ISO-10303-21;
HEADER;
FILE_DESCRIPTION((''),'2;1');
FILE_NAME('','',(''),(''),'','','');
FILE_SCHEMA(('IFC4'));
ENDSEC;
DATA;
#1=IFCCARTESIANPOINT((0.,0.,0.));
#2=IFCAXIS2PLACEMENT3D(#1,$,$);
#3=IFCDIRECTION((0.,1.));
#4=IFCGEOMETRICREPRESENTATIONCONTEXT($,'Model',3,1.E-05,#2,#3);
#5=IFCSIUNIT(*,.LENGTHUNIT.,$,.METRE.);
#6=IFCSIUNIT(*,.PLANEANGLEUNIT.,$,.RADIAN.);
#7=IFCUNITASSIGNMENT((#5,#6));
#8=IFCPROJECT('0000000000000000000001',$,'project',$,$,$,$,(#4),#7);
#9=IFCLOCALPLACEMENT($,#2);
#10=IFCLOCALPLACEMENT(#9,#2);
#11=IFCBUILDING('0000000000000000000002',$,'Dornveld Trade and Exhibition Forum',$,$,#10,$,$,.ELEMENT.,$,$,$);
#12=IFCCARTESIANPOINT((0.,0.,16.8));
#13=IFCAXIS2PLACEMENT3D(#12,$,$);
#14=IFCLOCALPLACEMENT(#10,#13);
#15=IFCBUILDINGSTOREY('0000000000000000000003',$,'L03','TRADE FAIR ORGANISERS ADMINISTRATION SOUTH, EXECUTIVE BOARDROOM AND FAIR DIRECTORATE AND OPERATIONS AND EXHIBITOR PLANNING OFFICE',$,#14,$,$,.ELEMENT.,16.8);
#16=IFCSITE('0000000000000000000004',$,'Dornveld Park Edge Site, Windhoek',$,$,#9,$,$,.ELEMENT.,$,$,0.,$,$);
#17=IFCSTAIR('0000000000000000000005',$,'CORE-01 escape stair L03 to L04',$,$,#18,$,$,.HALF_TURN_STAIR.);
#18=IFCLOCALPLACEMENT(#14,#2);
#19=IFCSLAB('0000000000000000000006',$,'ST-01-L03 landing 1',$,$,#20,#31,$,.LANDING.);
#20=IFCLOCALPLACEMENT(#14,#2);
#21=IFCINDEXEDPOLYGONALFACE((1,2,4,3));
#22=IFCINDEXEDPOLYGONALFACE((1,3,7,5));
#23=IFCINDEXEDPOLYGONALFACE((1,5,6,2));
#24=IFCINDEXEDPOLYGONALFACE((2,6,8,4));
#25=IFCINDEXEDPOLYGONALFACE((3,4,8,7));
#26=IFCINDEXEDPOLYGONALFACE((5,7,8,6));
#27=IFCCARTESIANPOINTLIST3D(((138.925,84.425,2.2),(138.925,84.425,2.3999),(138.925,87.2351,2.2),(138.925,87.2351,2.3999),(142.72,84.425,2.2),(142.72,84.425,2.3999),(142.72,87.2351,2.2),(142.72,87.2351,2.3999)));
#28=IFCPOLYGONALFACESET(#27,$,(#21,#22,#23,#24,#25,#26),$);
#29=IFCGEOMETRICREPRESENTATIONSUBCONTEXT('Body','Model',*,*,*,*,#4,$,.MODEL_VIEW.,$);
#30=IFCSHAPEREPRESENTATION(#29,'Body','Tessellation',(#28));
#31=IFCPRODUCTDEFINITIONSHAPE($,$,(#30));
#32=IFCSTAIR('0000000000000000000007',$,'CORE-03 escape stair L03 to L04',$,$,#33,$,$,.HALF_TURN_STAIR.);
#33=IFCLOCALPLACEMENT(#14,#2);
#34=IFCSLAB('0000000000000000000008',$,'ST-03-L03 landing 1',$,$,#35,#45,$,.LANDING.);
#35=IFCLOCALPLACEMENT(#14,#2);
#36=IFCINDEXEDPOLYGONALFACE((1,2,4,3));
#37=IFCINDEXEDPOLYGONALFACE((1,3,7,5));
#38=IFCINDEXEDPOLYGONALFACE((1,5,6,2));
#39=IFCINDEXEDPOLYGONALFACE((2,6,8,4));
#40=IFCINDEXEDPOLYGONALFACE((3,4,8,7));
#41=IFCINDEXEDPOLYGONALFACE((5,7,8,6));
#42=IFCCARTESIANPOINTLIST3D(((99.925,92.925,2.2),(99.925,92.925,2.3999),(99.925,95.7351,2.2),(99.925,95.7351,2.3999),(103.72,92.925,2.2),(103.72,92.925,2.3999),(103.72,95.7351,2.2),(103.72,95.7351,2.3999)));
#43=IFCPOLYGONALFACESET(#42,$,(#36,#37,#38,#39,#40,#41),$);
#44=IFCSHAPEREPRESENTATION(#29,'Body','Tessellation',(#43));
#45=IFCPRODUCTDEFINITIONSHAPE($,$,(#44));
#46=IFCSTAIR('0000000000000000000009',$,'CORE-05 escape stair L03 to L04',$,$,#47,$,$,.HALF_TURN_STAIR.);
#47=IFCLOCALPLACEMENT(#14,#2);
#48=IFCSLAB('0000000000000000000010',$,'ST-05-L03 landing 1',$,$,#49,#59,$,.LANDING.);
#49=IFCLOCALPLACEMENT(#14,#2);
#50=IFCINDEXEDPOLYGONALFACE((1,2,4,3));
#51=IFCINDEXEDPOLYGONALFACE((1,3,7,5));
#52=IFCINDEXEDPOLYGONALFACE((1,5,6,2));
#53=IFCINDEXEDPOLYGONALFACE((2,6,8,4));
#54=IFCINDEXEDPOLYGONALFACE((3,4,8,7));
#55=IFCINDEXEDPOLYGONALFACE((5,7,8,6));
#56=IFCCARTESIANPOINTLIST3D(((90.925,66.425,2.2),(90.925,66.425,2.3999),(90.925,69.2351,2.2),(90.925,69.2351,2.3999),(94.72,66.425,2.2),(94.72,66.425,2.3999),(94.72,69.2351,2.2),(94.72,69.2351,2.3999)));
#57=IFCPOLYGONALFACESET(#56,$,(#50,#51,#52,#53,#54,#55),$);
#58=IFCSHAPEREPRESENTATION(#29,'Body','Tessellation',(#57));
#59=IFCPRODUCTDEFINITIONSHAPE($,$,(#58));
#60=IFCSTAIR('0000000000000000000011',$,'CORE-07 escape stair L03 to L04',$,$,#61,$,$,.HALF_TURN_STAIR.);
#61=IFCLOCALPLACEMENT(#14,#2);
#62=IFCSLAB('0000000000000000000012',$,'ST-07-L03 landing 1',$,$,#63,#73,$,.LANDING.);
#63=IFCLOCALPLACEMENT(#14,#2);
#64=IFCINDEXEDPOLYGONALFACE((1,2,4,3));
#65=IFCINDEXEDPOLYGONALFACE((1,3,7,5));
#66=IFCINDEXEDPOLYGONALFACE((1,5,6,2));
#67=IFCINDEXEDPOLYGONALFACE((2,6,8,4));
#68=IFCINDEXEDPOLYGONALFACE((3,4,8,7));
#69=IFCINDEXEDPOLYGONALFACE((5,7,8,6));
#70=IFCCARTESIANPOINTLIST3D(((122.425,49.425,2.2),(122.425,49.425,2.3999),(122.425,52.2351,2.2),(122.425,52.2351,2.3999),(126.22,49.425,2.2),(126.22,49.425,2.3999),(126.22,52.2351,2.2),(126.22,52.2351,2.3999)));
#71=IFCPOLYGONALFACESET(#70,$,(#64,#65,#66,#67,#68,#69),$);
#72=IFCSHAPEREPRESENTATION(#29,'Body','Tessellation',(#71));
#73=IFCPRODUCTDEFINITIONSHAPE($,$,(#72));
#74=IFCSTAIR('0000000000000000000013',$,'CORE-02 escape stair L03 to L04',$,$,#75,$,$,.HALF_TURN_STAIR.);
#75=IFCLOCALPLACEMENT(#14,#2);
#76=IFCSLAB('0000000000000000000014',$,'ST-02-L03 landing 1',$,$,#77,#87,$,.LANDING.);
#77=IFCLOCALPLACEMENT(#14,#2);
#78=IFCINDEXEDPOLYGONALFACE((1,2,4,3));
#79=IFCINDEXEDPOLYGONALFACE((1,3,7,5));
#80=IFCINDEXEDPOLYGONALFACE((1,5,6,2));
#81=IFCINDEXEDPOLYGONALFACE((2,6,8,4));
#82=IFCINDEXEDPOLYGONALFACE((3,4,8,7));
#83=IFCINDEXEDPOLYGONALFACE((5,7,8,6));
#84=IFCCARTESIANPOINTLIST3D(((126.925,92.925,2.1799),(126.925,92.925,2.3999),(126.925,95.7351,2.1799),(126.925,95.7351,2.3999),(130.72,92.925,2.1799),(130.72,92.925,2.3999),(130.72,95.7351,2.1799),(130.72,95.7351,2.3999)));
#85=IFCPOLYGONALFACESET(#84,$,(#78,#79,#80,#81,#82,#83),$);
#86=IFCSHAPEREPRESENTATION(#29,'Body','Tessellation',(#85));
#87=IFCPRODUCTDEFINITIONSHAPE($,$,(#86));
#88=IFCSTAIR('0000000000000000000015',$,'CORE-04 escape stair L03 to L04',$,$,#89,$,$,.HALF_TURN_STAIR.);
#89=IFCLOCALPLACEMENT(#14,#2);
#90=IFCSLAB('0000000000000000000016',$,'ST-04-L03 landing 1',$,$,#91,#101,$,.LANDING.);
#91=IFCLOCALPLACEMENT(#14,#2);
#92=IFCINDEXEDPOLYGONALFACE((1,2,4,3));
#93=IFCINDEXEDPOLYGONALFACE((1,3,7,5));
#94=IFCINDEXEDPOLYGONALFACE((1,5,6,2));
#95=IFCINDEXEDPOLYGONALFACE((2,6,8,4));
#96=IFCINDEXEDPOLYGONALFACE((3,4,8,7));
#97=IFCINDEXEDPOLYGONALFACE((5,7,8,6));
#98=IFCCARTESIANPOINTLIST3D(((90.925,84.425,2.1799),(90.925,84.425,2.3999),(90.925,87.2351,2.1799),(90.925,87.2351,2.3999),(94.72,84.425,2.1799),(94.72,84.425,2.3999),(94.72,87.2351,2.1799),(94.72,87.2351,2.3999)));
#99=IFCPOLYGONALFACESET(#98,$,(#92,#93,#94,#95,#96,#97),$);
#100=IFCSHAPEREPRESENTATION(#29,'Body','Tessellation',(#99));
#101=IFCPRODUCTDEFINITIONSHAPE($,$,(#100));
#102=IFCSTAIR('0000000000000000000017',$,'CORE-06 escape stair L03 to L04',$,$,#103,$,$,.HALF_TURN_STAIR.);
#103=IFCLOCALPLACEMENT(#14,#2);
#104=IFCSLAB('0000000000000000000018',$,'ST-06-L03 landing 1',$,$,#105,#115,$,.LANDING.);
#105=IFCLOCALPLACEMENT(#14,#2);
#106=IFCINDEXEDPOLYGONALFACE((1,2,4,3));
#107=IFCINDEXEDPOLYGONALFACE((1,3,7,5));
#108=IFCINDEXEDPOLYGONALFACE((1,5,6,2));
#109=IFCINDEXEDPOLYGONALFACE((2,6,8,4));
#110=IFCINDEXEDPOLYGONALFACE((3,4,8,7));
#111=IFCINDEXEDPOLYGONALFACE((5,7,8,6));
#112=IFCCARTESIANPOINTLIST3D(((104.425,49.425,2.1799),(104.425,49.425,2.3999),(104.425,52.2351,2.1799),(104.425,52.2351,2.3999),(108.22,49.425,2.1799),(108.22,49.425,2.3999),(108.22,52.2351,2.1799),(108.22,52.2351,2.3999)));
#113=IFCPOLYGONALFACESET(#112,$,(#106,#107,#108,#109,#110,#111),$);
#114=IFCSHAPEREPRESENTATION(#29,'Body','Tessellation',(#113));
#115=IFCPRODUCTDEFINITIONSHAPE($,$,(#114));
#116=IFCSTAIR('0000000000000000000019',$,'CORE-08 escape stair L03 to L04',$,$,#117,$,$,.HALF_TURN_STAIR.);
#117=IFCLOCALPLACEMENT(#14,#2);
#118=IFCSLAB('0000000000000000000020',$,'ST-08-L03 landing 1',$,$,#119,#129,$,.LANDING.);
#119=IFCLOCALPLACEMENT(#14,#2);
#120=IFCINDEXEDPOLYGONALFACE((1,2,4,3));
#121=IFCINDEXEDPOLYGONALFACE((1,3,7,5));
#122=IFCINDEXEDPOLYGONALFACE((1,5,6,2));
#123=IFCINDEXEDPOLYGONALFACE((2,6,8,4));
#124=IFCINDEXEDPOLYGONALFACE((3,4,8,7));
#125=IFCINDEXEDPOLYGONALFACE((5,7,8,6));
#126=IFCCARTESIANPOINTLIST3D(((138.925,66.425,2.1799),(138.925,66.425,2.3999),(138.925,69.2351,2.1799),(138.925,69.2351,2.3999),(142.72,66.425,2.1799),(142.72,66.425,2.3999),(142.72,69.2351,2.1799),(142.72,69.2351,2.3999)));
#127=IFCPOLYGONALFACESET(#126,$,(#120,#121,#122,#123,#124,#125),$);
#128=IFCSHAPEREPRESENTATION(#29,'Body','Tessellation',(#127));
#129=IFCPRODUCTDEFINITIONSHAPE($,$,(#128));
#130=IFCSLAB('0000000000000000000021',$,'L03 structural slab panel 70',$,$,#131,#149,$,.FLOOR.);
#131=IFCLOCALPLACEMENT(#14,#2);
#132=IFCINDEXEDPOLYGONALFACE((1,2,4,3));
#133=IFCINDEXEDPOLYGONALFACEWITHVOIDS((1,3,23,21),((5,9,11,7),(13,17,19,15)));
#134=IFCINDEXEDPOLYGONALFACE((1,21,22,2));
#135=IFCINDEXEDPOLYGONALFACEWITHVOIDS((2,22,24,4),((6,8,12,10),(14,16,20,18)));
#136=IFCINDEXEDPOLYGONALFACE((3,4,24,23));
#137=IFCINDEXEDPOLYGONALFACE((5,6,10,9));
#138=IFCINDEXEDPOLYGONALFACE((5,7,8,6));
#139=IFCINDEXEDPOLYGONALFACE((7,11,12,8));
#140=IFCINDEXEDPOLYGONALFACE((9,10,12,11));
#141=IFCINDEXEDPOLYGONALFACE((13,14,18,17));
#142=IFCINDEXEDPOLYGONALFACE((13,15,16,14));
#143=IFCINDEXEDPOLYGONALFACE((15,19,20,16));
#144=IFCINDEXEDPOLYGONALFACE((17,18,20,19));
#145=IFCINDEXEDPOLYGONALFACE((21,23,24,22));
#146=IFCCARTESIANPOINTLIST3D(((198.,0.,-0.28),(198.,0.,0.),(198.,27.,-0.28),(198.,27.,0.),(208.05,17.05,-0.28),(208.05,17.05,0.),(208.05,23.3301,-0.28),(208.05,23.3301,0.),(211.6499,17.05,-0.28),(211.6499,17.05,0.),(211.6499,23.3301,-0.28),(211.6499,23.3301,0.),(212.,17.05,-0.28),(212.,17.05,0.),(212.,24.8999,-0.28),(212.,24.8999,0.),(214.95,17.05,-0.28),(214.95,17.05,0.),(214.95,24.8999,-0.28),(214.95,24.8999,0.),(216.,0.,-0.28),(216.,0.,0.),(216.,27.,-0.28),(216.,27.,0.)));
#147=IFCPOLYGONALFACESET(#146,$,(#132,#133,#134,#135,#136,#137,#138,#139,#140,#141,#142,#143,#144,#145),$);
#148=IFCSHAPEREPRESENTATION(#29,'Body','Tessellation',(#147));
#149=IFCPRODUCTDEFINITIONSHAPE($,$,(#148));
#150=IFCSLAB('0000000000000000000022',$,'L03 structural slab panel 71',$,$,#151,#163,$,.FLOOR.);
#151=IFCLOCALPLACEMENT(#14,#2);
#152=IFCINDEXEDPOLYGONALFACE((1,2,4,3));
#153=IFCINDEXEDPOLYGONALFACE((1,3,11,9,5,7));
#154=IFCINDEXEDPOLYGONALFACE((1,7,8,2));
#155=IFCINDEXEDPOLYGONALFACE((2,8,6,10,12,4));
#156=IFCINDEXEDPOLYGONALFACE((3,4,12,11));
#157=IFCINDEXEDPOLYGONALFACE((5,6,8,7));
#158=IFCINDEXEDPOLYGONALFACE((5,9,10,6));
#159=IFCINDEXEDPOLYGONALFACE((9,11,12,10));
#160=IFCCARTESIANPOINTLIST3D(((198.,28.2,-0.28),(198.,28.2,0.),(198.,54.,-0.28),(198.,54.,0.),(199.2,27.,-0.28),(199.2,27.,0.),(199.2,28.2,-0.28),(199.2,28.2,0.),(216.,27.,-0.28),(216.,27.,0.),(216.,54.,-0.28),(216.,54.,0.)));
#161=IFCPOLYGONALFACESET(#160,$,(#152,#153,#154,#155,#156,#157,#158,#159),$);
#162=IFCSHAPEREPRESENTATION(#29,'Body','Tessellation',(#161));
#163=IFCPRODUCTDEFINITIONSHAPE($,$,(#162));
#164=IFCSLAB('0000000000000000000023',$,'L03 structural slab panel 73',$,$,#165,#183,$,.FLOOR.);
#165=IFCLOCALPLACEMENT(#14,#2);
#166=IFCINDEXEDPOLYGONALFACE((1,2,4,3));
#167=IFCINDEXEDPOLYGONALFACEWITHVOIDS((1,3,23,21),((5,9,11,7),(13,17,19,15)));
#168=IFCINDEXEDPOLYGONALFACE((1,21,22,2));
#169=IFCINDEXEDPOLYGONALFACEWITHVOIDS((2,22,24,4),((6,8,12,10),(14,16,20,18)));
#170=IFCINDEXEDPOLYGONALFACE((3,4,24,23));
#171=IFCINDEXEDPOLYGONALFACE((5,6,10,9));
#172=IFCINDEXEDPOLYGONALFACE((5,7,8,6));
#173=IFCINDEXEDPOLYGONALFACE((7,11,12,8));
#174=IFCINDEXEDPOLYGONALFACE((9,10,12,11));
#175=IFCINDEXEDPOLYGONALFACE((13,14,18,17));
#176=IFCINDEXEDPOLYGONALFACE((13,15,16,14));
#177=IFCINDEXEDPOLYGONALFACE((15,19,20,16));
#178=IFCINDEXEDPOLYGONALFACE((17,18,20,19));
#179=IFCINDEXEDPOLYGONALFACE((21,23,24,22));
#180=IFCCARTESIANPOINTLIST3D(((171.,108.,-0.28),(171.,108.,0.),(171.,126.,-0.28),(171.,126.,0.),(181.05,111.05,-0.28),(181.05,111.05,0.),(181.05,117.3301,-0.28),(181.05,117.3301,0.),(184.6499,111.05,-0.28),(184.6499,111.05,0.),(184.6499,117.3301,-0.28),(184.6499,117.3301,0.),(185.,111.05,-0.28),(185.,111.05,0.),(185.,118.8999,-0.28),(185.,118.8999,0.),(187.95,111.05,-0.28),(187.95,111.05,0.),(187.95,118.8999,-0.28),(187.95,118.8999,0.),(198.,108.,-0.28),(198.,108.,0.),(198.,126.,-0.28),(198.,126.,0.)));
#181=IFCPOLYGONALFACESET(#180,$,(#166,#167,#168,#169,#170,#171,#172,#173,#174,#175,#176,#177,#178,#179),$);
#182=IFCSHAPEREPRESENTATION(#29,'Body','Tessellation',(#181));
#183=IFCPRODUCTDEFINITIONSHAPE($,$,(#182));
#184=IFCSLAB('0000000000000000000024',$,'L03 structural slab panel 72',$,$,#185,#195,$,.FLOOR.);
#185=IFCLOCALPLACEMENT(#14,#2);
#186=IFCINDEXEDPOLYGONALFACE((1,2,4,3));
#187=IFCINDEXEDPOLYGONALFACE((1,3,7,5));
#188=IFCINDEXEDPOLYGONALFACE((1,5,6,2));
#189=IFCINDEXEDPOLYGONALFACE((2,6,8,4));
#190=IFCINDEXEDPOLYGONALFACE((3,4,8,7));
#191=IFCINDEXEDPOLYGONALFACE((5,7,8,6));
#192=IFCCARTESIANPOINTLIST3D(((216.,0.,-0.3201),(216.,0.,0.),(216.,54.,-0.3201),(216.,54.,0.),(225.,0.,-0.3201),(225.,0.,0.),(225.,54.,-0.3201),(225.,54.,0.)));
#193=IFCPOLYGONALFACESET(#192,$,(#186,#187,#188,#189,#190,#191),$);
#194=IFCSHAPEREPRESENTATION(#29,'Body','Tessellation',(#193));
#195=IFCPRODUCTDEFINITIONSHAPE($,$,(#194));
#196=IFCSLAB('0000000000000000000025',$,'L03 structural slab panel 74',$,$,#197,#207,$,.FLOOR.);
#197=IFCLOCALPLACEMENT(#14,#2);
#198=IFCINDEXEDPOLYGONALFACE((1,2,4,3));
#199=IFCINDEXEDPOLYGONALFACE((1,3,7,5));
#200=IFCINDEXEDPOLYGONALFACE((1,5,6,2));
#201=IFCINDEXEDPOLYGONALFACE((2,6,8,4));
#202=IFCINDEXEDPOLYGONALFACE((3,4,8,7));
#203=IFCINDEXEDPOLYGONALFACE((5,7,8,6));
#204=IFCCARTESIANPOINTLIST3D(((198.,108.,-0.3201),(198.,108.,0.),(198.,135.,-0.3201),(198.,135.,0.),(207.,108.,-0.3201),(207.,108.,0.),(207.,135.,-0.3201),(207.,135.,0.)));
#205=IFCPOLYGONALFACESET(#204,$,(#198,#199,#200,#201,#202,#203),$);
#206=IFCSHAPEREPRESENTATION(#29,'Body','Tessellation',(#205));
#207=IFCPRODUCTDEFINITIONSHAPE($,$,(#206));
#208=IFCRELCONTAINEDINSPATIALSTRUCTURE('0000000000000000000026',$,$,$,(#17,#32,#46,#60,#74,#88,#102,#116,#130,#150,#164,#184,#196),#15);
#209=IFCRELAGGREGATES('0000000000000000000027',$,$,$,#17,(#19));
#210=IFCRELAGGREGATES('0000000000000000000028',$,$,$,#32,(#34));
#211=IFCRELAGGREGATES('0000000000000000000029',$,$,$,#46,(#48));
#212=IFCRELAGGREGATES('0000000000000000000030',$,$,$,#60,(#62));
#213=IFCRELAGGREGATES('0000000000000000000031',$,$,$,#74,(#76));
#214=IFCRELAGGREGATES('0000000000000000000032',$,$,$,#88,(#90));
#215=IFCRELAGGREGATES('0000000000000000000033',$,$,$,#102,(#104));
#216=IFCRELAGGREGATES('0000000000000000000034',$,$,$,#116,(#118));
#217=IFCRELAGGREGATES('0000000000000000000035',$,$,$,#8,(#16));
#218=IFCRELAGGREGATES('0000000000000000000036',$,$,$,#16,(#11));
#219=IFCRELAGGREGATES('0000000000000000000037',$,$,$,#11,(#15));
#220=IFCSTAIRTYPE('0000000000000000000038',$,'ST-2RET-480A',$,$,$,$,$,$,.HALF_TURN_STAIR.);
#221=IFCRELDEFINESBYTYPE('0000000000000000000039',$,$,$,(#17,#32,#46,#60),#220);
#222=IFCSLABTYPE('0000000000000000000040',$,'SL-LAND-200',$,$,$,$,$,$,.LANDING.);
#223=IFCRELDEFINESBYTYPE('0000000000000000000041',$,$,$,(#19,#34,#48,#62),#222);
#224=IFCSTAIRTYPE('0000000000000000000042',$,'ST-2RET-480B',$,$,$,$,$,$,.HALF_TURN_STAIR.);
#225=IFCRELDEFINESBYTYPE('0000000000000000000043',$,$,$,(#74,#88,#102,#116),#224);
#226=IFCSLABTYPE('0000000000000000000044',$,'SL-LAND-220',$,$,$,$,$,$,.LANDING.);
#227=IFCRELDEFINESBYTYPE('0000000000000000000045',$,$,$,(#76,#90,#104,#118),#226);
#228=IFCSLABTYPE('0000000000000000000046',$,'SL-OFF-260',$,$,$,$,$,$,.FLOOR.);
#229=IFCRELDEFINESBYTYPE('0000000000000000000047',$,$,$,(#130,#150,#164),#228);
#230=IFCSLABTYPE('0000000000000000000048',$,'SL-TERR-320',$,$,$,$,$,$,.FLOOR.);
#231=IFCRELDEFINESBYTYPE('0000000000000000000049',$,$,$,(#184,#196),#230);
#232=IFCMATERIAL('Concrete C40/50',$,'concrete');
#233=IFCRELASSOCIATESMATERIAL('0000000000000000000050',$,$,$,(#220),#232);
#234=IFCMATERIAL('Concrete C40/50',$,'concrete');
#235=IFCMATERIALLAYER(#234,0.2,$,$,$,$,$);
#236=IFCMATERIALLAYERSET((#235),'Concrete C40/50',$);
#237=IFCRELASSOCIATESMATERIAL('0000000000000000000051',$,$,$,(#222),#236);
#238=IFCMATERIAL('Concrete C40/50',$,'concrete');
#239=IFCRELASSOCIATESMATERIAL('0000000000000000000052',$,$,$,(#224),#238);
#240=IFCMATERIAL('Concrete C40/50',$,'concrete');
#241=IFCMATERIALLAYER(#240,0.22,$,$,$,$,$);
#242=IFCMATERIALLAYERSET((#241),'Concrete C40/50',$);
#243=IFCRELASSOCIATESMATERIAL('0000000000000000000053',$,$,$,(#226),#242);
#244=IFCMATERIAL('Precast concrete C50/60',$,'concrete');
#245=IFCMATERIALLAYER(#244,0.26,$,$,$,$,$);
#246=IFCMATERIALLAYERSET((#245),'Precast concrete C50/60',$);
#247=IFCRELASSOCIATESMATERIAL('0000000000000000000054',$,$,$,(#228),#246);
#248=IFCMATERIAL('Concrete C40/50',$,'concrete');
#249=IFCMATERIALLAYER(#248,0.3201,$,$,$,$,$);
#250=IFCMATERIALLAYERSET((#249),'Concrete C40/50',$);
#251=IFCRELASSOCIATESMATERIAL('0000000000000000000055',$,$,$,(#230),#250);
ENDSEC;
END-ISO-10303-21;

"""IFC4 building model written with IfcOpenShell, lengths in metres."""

from ifc_helpers import new_model, si_unit, direction, frame, origin, place, context, subcontext, project, spatial, polyline, outline, extrude, material, layer, layer_set, type_object, element, aggregate, save


model = new_model("IFC4")

# Units and contexts
model_context = context("Model", 3, precision=1e-05, world=origin(), true_north=direction((0.0, 1.0)))
body_context = subcontext(model_context, "Body", "Model", "MODEL_VIEW")
ifc_project = project(units=[si_unit("LENGTHUNIT", "METRE"), si_unit("PLANEANGLEUNIT", "RADIAN")], contexts=[model_context])

# Site, building, storey
site_placement = place(None, origin())
site = spatial("IfcSite", under=ifc_project, at=site_placement, Name="Dornveld Park Edge Site, Windhoek", CompositionType="ELEMENT", RefElevation=0.0)
building_placement = place(site_placement, origin())
building = spatial("IfcBuilding", under=site, at=building_placement, Name="Dornveld Trade and Exhibition Forum", CompositionType="ELEMENT")
storey_placement = place(building_placement, frame((0.0, 0.0, 16.8)))
storey = spatial("IfcBuildingStorey", under=building, at=storey_placement, Name="L03", Description="TRADE FAIR ORGANISERS ADMINISTRATION SOUTH, EXECUTIVE BOARDROOM AND FAIR DIRECTORATE AND OPERATIONS AND EXHIBITOR PLANNING OFFICE", CompositionType="ELEMENT", Elevation=16.8)

# Stairs, slabs
ifc_material_1 = material(Name="Concrete C40/50", Category="concrete")
stair_type_1 = type_object("IfcStairType", Name="ST-2RET-480A", PredefinedType="HALF_TURN_STAIR", material=ifc_material_1)
stair_1_placement = place(storey_placement, origin())
stair_1 = element("IfcStair", 1, at=stair_1_placement, inside=storey, type_object=stair_type_1, Name="CORE-01 escape stair L03 to L04", PredefinedType="HALF_TURN_STAIR")
ifc_material_2 = material(Name="Concrete C40/50", Category="concrete")
ifc_layer_1 = layer(ifc_material_2, 0.2)
ifc_layer_set_1 = layer_set([ifc_layer_1], Name="Concrete C40/50")
slab_type_1 = type_object("IfcSlabType", Name="SL-LAND-200", PredefinedType="LANDING", material=ifc_layer_set_1)
slab_1_placement = place(storey_placement, frame((0.0, 0.0, 2.2)))
slab_1 = element("IfcSlab", 2, at=slab_1_placement, type_object=slab_type_1, Name="ST-01-L03 landing 1", PredefinedType="LANDING", context=body_context, shape_type="SweptSolid", body=[
    extrude(outline(polyline([(138.925, 84.425), (142.72, 84.425), (142.72, 87.2351), (138.925, 87.2351), (138.925, 84.425)])), origin(), (0.0, 0.0, 1.0), 0.2),
])
aggregate(stair_1, [slab_1])
stair_2_placement = place(storey_placement, origin())
stair_2 = element("IfcStair", 3, at=stair_2_placement, inside=storey, type_object=stair_type_1, Name="CORE-03 escape stair L03 to L04", PredefinedType="HALF_TURN_STAIR")
slab_2_placement = place(storey_placement, frame((0.0, 0.0, 2.2)))
slab_2 = element("IfcSlab", 4, at=slab_2_placement, type_object=slab_type_1, Name="ST-03-L03 landing 1", PredefinedType="LANDING", context=body_context, shape_type="SweptSolid", body=[
    extrude(outline(polyline([(99.925, 92.925), (103.72, 92.925), (103.72, 95.7351), (99.925, 95.7351), (99.925, 92.925)])), origin(), (0.0, 0.0, 1.0), 0.2),
])
aggregate(stair_2, [slab_2])
stair_3_placement = place(storey_placement, origin())
stair_3 = element("IfcStair", 5, at=stair_3_placement, inside=storey, type_object=stair_type_1, Name="CORE-05 escape stair L03 to L04", PredefinedType="HALF_TURN_STAIR")
slab_3_placement = place(storey_placement, frame((0.0, 0.0, 2.2)))
slab_3 = element("IfcSlab", 6, at=slab_3_placement, type_object=slab_type_1, Name="ST-05-L03 landing 1", PredefinedType="LANDING", context=body_context, shape_type="SweptSolid", body=[
    extrude(outline(polyline([(90.925, 66.425), (94.72, 66.425), (94.72, 69.2351), (90.925, 69.2351), (90.925, 66.425)])), origin(), (0.0, 0.0, 1.0), 0.2),
])
aggregate(stair_3, [slab_3])
stair_4_placement = place(storey_placement, origin())
stair_4 = element("IfcStair", 7, at=stair_4_placement, inside=storey, type_object=stair_type_1, Name="CORE-07 escape stair L03 to L04", PredefinedType="HALF_TURN_STAIR")
slab_4_placement = place(storey_placement, frame((0.0, 0.0, 2.2)))
slab_4 = element("IfcSlab", 8, at=slab_4_placement, type_object=slab_type_1, Name="ST-07-L03 landing 1", PredefinedType="LANDING", context=body_context, shape_type="SweptSolid", body=[
    extrude(outline(polyline([(122.425, 49.425), (126.22, 49.425), (126.22, 52.2351), (122.425, 52.2351), (122.425, 49.425)])), origin(), (0.0, 0.0, 1.0), 0.2),
])
aggregate(stair_4, [slab_4])
ifc_material_3 = material(Name="Concrete C40/50", Category="concrete")
stair_type_2 = type_object("IfcStairType", Name="ST-2RET-480B", PredefinedType="HALF_TURN_STAIR", material=ifc_material_3)
stair_5_placement = place(storey_placement, origin())
stair_5 = element("IfcStair", 9, at=stair_5_placement, inside=storey, type_object=stair_type_2, Name="CORE-02 escape stair L03 to L04", PredefinedType="HALF_TURN_STAIR")
ifc_material_4 = material(Name="Concrete C40/50", Category="concrete")
ifc_layer_2 = layer(ifc_material_4, 0.22)
ifc_layer_set_2 = layer_set([ifc_layer_2], Name="Concrete C40/50")
slab_type_2 = type_object("IfcSlabType", Name="SL-LAND-220", PredefinedType="LANDING", material=ifc_layer_set_2)
slab_5_placement = place(storey_placement, frame((0.0, 0.0, 2.1799)))
slab_5 = element("IfcSlab", 10, at=slab_5_placement, type_object=slab_type_2, Name="ST-02-L03 landing 1", PredefinedType="LANDING", context=body_context, shape_type="SweptSolid", body=[
    extrude(outline(polyline([(126.925, 92.925), (130.72, 92.925), (130.72, 95.7351), (126.925, 95.7351), (126.925, 92.925)])), origin(), (0.0, 0.0, 1.0), 0.22),
])
aggregate(stair_5, [slab_5])
stair_6_placement = place(storey_placement, origin())
stair_6 = element("IfcStair", 11, at=stair_6_placement, inside=storey, type_object=stair_type_2, Name="CORE-04 escape stair L03 to L04", PredefinedType="HALF_TURN_STAIR")
slab_6_placement = place(storey_placement, frame((0.0, 0.0, 2.1799)))
slab_6 = element("IfcSlab", 12, at=slab_6_placement, type_object=slab_type_2, Name="ST-04-L03 landing 1", PredefinedType="LANDING", context=body_context, shape_type="SweptSolid", body=[
    extrude(outline(polyline([(90.925, 84.425), (94.72, 84.425), (94.72, 87.2351), (90.925, 87.2351), (90.925, 84.425)])), origin(), (0.0, 0.0, 1.0), 0.22),
])
aggregate(stair_6, [slab_6])
stair_7_placement = place(storey_placement, origin())
stair_7 = element("IfcStair", 13, at=stair_7_placement, inside=storey, type_object=stair_type_2, Name="CORE-06 escape stair L03 to L04", PredefinedType="HALF_TURN_STAIR")
slab_7_placement = place(storey_placement, frame((0.0, 0.0, 2.1799)))
slab_7 = element("IfcSlab", 14, at=slab_7_placement, type_object=slab_type_2, Name="ST-06-L03 landing 1", PredefinedType="LANDING", context=body_context, shape_type="SweptSolid", body=[
    extrude(outline(polyline([(104.425, 49.425), (108.22, 49.425), (108.22, 52.2351), (104.425, 52.2351), (104.425, 49.425)])), origin(), (0.0, 0.0, 1.0), 0.22),
])
aggregate(stair_7, [slab_7])
stair_8_placement = place(storey_placement, origin())
stair_8 = element("IfcStair", 15, at=stair_8_placement, inside=storey, type_object=stair_type_2, Name="CORE-08 escape stair L03 to L04", PredefinedType="HALF_TURN_STAIR")
slab_8_placement = place(storey_placement, frame((0.0, 0.0, 2.1799)))
slab_8 = element("IfcSlab", 16, at=slab_8_placement, type_object=slab_type_2, Name="ST-08-L03 landing 1", PredefinedType="LANDING", context=body_context, shape_type="SweptSolid", body=[
    extrude(outline(polyline([(138.925, 66.425), (142.72, 66.425), (142.72, 69.2351), (138.925, 69.2351), (138.925, 66.425)])), origin(), (0.0, 0.0, 1.0), 0.22),
])
aggregate(stair_8, [slab_8])

# Slabs
ifc_material_5 = material(Name="Precast concrete C50/60", Category="concrete")
ifc_layer_3 = layer(ifc_material_5, 0.26)
ifc_layer_set_3 = layer_set([ifc_layer_3], Name="Precast concrete C50/60")
slab_type_3 = type_object("IfcSlabType", Name="SL-OFF-260", PredefinedType="FLOOR", material=ifc_layer_set_3)
slab_9_placement = place(storey_placement, frame((0.0, 0.0, -0.28)))
element("IfcSlab", 17, at=slab_9_placement, inside=storey, type_object=slab_type_3, Name="L03 structural slab panel 70", PredefinedType="FLOOR", context=body_context, shape_type="SweptSolid", body=[
    extrude(outline(polyline([(198.0, 0.0), (216.0, 0.0), (216.0, 27.0), (198.0, 27.0), (198.0, 0.0)]), holes=[polyline([(208.05, 17.05), (211.6499, 17.05), (211.6499, 23.3301), (208.05, 23.3301), (208.05, 17.05)]), polyline([(212.0, 17.05), (214.95, 17.05), (214.95, 24.8999), (212.0, 24.8999), (212.0, 17.05)])]), origin(), (0.0, 0.0, 1.0), 0.28),
])
slab_10_placement = place(storey_placement, frame((0.0, 0.0, -0.28)))
element("IfcSlab", 18, at=slab_10_placement, inside=storey, type_object=slab_type_3, Name="L03 structural slab panel 71", PredefinedType="FLOOR", context=body_context, shape_type="SweptSolid", body=[
    extrude(outline(polyline([(199.2, 27.0), (216.0, 27.0), (216.0, 54.0), (198.0, 54.0), (198.0, 28.2), (199.2, 28.2), (199.2, 27.0)])), origin(), (0.0, 0.0, 1.0), 0.28),
])
slab_11_placement = place(storey_placement, frame((0.0, 0.0, -0.28)))
element("IfcSlab", 19, at=slab_11_placement, inside=storey, type_object=slab_type_3, Name="L03 structural slab panel 73", PredefinedType="FLOOR", context=body_context, shape_type="SweptSolid", body=[
    extrude(outline(polyline([(171.0, 108.0), (198.0, 108.0), (198.0, 126.0), (171.0, 126.0), (171.0, 108.0)]), holes=[polyline([(181.05, 111.05), (184.6499, 111.05), (184.6499, 117.3301), (181.05, 117.3301), (181.05, 111.05)]), polyline([(185.0, 111.05), (187.95, 111.05), (187.95, 118.8999), (185.0, 118.8999), (185.0, 111.05)])]), origin(), (0.0, 0.0, 1.0), 0.28),
])
ifc_material_6 = material(Name="Concrete C40/50", Category="concrete")
ifc_layer_4 = layer(ifc_material_6, 0.3201)
ifc_layer_set_4 = layer_set([ifc_layer_4], Name="Concrete C40/50")
slab_type_4 = type_object("IfcSlabType", Name="SL-TERR-320", PredefinedType="FLOOR", material=ifc_layer_set_4)
slab_12_placement = place(storey_placement, frame((0.0, 0.0, -0.3201)))
element("IfcSlab", 20, at=slab_12_placement, inside=storey, type_object=slab_type_4, Name="L03 structural slab panel 72", PredefinedType="FLOOR", context=body_context, shape_type="SweptSolid", body=[
    extrude(outline(polyline([(216.0, 0.0), (225.0, 0.0), (225.0, 54.0), (216.0, 54.0), (216.0, 0.0)])), origin(), (0.0, 0.0, 1.0), 0.3201),
])
slab_13_placement = place(storey_placement, frame((0.0, 0.0, -0.3201)))
element("IfcSlab", 21, at=slab_13_placement, inside=storey, type_object=slab_type_4, Name="L03 structural slab panel 74", PredefinedType="FLOOR", context=body_context, shape_type="SweptSolid", body=[
    extrude(outline(polyline([(198.0, 108.0), (207.0, 108.0), (207.0, 135.0), (198.0, 135.0), (198.0, 108.0)])), origin(), (0.0, 0.0, 1.0), 0.3201),
])

save(model, "model.ifc")
